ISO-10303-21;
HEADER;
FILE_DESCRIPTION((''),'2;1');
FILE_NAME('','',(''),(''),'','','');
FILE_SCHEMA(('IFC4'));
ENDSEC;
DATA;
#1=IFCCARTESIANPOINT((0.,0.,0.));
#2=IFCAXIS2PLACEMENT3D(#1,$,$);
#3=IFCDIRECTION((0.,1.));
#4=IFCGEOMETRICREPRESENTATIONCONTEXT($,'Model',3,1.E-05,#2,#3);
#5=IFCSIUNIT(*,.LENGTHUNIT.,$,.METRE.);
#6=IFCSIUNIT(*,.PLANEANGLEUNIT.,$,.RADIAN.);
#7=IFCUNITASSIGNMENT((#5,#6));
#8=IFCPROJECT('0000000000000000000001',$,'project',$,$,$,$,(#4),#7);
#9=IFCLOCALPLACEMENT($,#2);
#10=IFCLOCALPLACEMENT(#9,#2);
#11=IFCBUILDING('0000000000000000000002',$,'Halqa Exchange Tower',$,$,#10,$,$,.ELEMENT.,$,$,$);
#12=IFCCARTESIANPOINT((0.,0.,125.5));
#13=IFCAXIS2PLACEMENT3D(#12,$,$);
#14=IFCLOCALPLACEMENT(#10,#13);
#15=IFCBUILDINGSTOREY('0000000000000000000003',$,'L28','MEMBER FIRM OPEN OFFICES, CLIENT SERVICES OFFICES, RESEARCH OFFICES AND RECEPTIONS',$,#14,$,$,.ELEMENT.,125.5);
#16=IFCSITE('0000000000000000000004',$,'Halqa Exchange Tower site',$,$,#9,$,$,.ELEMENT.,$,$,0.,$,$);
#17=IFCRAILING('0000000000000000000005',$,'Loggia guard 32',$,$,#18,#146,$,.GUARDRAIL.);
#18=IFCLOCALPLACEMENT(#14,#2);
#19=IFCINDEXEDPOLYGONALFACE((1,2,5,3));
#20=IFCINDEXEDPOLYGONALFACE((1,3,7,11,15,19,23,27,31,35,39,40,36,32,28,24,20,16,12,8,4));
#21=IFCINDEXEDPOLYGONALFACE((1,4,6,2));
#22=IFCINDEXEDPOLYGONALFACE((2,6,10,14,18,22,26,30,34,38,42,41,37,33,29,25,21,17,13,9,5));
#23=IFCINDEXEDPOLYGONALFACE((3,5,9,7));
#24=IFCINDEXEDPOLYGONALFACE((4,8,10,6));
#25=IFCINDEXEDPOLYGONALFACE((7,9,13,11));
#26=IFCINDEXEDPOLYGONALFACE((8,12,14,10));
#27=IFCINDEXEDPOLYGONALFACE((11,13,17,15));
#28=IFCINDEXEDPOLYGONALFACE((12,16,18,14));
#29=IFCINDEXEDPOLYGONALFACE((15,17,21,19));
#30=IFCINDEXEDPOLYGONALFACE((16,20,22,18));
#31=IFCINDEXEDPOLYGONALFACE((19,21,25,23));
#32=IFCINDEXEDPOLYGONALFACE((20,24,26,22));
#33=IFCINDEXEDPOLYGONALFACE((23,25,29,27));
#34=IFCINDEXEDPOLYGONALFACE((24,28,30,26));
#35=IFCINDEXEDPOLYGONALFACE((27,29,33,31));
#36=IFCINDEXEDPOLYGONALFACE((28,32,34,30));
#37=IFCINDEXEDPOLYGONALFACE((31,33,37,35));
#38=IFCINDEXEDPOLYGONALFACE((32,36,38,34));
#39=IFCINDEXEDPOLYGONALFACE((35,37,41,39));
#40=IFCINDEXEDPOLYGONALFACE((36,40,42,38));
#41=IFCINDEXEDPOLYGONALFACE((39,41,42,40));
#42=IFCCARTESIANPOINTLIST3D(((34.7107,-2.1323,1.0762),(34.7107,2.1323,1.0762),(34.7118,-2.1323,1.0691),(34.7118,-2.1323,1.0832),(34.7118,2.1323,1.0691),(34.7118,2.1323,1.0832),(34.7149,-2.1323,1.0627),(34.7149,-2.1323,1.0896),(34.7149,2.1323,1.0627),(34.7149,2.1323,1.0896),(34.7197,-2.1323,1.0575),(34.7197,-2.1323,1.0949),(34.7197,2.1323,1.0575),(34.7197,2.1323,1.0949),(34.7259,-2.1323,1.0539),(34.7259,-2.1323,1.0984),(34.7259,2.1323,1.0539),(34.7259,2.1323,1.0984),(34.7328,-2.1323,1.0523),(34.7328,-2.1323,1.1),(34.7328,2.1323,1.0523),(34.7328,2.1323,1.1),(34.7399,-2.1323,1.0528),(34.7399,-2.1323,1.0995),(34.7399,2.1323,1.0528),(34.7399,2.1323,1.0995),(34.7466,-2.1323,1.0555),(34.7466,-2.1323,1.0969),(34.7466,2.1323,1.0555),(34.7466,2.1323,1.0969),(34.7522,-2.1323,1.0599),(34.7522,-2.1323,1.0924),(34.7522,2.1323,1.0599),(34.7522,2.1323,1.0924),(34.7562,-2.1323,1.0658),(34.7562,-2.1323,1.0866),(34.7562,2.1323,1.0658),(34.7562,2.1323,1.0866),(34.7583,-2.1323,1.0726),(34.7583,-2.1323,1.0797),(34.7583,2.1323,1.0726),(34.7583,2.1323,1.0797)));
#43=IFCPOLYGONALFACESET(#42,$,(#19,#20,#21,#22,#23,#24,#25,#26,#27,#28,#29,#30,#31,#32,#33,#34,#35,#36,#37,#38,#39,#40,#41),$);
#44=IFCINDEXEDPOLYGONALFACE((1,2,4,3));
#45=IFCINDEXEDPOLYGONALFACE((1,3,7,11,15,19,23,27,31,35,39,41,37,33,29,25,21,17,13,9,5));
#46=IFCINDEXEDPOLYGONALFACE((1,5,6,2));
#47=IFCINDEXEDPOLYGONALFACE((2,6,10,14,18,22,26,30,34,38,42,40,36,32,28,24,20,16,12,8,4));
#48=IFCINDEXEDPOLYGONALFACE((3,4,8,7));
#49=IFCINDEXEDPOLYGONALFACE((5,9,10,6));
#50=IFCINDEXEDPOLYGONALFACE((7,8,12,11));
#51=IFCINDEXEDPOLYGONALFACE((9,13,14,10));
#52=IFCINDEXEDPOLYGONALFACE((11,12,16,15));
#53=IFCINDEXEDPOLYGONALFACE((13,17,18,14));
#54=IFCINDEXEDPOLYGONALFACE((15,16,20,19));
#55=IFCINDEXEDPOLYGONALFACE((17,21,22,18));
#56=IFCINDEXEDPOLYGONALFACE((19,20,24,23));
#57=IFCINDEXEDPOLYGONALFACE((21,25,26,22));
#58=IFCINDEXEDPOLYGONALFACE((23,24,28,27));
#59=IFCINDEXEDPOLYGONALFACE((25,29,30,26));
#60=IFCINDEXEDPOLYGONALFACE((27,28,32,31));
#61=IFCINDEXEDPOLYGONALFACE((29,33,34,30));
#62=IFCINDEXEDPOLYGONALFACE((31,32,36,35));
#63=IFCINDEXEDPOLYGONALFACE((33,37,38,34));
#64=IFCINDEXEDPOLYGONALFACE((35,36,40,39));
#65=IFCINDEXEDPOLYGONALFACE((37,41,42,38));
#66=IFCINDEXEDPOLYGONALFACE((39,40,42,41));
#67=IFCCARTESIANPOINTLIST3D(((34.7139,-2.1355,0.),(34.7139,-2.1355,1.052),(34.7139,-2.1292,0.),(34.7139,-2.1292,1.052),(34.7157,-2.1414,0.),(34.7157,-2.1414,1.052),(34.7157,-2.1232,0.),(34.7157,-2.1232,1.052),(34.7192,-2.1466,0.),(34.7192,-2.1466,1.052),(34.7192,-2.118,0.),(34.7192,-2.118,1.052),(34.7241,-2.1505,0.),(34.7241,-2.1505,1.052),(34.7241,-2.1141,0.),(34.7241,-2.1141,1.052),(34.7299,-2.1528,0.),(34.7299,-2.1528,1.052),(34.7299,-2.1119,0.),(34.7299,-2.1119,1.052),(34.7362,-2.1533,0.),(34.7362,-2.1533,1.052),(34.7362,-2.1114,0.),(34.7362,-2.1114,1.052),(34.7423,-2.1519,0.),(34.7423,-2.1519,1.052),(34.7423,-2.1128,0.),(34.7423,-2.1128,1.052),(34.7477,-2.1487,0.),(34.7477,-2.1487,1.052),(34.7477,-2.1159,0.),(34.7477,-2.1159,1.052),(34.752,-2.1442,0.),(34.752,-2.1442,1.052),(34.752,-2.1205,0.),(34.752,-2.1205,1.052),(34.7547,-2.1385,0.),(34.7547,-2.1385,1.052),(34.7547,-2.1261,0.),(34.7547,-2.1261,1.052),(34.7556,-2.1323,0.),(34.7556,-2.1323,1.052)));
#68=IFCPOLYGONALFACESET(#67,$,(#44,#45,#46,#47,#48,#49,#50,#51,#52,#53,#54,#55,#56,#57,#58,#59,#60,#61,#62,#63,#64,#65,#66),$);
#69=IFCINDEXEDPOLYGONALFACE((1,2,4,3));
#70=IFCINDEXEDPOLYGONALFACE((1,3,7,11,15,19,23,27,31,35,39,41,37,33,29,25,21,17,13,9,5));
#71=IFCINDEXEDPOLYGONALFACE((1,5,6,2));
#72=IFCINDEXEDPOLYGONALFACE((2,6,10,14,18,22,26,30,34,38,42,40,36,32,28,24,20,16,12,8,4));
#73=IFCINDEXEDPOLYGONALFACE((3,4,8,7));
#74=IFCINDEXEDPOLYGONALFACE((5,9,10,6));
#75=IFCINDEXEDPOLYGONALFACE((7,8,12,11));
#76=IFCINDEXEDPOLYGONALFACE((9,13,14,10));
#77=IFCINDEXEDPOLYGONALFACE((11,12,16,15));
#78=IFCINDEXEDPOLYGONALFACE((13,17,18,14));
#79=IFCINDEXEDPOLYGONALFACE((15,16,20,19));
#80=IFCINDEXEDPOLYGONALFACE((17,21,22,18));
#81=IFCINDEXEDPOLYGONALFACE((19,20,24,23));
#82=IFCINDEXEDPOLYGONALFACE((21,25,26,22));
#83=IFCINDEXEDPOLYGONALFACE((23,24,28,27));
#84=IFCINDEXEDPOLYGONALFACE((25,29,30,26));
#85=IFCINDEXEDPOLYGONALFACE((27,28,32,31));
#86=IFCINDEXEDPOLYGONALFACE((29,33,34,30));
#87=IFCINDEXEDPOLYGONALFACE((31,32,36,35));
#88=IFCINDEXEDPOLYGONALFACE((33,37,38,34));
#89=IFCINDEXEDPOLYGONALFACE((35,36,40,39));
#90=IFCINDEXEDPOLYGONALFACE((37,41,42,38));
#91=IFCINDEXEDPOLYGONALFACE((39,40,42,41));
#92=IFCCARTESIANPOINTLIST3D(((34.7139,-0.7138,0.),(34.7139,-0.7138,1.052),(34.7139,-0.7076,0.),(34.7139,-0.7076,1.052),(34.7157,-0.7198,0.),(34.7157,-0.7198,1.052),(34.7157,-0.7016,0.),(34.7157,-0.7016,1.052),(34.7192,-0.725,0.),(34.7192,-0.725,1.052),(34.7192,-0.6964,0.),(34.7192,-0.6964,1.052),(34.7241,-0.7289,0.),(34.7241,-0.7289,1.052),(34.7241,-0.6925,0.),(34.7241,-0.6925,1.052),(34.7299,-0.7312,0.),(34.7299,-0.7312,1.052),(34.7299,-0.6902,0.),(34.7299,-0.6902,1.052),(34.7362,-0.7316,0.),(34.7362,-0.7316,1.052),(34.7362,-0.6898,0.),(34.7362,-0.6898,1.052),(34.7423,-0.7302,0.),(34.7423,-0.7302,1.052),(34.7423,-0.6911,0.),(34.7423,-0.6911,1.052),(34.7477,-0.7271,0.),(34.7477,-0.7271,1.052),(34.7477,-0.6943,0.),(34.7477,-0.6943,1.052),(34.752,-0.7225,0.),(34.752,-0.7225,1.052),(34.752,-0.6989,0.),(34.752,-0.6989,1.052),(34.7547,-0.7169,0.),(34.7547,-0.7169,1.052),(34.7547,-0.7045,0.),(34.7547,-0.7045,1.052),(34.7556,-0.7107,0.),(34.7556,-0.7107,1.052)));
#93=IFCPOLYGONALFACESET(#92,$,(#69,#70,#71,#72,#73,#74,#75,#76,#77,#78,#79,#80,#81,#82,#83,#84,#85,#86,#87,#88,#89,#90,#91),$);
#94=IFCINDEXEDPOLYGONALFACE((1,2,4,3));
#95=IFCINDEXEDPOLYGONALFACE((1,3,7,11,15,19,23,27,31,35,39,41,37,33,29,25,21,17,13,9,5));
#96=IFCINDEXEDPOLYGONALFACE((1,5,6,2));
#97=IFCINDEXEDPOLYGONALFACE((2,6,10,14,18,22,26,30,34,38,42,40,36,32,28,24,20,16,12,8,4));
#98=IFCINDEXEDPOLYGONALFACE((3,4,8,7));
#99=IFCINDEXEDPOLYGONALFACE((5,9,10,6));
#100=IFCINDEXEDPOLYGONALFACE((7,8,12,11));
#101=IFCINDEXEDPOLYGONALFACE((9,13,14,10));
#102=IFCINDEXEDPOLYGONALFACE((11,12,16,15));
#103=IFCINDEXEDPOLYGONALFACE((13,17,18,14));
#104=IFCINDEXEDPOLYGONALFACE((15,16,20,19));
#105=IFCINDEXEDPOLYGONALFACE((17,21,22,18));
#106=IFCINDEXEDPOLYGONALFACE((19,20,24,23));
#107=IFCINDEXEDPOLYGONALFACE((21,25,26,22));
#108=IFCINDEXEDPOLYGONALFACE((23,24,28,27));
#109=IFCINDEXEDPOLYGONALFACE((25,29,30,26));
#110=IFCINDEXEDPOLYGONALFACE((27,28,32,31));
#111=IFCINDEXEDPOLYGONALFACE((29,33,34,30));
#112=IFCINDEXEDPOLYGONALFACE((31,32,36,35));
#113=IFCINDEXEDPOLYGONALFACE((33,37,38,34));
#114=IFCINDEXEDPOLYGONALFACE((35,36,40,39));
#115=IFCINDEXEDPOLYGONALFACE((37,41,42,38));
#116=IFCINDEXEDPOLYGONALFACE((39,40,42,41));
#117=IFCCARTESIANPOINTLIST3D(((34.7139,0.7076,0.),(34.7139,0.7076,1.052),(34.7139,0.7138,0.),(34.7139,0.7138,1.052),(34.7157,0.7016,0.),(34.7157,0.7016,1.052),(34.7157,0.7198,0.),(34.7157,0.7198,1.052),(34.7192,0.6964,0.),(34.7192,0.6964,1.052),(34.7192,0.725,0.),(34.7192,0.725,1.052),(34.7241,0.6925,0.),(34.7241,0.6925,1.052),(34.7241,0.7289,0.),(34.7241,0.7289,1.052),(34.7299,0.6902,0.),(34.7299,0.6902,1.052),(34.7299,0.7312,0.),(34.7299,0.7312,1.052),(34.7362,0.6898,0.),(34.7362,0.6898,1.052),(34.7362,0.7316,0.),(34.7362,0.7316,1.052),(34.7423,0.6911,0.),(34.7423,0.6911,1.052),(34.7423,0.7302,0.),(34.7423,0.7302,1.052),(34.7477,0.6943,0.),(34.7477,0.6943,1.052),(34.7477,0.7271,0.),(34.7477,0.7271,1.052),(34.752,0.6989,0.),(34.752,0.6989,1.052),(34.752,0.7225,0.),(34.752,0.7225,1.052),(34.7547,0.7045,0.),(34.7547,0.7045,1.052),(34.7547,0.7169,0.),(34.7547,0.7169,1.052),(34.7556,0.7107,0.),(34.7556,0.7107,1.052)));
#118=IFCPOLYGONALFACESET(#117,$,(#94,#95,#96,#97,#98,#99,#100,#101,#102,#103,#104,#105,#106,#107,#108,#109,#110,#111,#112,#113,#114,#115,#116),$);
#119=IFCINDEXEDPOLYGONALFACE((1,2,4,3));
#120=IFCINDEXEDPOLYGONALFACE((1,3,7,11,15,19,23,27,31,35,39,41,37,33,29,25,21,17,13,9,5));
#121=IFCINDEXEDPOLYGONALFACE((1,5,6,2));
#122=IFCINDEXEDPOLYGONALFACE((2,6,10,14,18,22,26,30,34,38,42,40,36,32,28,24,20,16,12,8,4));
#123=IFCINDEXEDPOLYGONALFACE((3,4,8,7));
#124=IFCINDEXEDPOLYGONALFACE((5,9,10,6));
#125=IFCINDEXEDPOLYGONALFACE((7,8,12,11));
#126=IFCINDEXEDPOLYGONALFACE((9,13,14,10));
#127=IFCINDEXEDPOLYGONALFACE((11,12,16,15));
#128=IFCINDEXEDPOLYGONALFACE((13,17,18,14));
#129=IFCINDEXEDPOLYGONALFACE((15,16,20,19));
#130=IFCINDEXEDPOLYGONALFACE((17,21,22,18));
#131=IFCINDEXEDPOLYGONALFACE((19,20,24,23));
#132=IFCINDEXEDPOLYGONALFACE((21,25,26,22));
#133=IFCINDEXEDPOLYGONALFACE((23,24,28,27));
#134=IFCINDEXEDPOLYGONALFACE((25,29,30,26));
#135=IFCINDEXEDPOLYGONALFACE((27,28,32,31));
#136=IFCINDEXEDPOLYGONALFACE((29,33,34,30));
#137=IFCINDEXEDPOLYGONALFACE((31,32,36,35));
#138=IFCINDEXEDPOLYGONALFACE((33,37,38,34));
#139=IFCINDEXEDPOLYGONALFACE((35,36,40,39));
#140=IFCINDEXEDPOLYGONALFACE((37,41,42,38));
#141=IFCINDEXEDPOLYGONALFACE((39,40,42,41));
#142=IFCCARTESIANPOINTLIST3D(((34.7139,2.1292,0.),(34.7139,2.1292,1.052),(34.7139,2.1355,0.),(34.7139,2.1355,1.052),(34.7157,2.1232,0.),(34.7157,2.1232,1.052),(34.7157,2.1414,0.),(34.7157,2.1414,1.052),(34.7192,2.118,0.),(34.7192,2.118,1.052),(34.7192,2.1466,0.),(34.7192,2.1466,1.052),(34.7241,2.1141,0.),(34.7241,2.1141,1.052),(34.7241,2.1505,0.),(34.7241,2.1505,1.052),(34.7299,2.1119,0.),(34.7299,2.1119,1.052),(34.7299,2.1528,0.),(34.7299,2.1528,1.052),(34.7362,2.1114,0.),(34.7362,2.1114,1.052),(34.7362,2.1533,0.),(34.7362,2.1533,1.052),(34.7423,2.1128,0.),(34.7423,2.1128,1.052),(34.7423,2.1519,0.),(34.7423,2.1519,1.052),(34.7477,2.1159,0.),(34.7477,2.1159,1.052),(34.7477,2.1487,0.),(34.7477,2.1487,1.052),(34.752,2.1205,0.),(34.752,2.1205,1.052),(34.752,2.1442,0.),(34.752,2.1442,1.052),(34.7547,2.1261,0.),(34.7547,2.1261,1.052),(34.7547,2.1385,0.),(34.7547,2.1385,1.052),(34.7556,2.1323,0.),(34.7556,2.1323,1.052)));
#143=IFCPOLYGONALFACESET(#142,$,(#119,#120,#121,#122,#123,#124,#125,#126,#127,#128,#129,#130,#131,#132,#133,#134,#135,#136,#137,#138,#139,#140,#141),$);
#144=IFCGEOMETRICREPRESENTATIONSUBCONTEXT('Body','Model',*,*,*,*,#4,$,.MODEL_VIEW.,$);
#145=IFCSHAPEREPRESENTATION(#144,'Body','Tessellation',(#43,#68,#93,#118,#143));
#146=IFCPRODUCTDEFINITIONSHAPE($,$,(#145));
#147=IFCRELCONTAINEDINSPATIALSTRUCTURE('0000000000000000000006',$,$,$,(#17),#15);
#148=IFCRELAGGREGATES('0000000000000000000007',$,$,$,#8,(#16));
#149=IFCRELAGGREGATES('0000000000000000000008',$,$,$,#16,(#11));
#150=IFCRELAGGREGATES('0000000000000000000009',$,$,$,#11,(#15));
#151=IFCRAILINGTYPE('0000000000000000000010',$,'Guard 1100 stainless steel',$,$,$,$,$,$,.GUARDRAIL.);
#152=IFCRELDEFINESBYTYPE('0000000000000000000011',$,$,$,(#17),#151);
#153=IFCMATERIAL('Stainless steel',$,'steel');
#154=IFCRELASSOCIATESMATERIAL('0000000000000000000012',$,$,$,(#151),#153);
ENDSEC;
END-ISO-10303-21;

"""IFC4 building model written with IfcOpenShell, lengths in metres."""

from ifc_helpers import new_model, si_unit, direction, frame, origin, origin_2d, place, context, subcontext, project, spatial, circle, extrude, material, type_object, element, save


model = new_model("IFC4")

# Units and contexts
model_context = context("Model", 3, precision=1e-05, world=origin(), true_north=direction((0.0, 1.0)))
body_context = subcontext(model_context, "Body", "Model", "MODEL_VIEW")
ifc_project = project(units=[si_unit("LENGTHUNIT", "METRE"), si_unit("PLANEANGLEUNIT", "RADIAN")], contexts=[model_context])

# Site, building, storey
site_placement = place(None, origin())
site = spatial("IfcSite", under=ifc_project, at=site_placement, Name="Halqa Exchange Tower site", CompositionType="ELEMENT", RefElevation=0.0)
building_placement = place(site_placement, origin())
building = spatial("IfcBuilding", under=site, at=building_placement, Name="Halqa Exchange Tower", CompositionType="ELEMENT")
storey_placement = place(building_placement, frame((0.0, 0.0, 125.5)))
storey = spatial("IfcBuildingStorey", under=building, at=storey_placement, Name="L28", Description="MEMBER FIRM OPEN OFFICES, CLIENT SERVICES OFFICES, RESEARCH OFFICES AND RECEPTIONS", CompositionType="ELEMENT", Elevation=125.5)

# Railing
ifc_material_1 = material(Name="Stainless steel", Category="steel")
railing_type = type_object("IfcRailingType", Name="Guard 1100 stainless steel", PredefinedType="GUARDRAIL", material=ifc_material_1)
railing_1_placement = place(storey_placement, frame((34.7346, -2.1323, 0.0)))
element("IfcRailing", 1, at=railing_1_placement, inside=storey, type_object=railing_type, Name="Loggia guard 32", PredefinedType="GUARDRAIL", context=body_context, shape_type="SweptSolid", body=[
    extrude(circle(Radius=0.0239, at=origin_2d()), frame((0.0, 0.0, 1.0762), z_axis=(0.0, 1.0, 0.0), x_axis=(-1.0, 0.0, 0.0)), (0.0, 0.0, 1.0), 4.2646),
    extrude(circle(Radius=0.021, at=origin_2d()), origin(), (0.0, 0.0, 1.0), 1.052),
    extrude(circle(Radius=0.021, at=origin_2d()), frame((0.0, 1.4216, 0.0)), (0.0, 0.0, 1.0), 1.052),
    extrude(circle(Radius=0.021, at=origin_2d()), frame((0.0, 2.843, 0.0)), (0.0, 0.0, 1.0), 1.052),
    extrude(circle(Radius=0.021, at=origin_2d()), frame((0.0, 4.2646, 0.0)), (0.0, 0.0, 1.0), 1.052),
])

save(model, "model.ifc")
